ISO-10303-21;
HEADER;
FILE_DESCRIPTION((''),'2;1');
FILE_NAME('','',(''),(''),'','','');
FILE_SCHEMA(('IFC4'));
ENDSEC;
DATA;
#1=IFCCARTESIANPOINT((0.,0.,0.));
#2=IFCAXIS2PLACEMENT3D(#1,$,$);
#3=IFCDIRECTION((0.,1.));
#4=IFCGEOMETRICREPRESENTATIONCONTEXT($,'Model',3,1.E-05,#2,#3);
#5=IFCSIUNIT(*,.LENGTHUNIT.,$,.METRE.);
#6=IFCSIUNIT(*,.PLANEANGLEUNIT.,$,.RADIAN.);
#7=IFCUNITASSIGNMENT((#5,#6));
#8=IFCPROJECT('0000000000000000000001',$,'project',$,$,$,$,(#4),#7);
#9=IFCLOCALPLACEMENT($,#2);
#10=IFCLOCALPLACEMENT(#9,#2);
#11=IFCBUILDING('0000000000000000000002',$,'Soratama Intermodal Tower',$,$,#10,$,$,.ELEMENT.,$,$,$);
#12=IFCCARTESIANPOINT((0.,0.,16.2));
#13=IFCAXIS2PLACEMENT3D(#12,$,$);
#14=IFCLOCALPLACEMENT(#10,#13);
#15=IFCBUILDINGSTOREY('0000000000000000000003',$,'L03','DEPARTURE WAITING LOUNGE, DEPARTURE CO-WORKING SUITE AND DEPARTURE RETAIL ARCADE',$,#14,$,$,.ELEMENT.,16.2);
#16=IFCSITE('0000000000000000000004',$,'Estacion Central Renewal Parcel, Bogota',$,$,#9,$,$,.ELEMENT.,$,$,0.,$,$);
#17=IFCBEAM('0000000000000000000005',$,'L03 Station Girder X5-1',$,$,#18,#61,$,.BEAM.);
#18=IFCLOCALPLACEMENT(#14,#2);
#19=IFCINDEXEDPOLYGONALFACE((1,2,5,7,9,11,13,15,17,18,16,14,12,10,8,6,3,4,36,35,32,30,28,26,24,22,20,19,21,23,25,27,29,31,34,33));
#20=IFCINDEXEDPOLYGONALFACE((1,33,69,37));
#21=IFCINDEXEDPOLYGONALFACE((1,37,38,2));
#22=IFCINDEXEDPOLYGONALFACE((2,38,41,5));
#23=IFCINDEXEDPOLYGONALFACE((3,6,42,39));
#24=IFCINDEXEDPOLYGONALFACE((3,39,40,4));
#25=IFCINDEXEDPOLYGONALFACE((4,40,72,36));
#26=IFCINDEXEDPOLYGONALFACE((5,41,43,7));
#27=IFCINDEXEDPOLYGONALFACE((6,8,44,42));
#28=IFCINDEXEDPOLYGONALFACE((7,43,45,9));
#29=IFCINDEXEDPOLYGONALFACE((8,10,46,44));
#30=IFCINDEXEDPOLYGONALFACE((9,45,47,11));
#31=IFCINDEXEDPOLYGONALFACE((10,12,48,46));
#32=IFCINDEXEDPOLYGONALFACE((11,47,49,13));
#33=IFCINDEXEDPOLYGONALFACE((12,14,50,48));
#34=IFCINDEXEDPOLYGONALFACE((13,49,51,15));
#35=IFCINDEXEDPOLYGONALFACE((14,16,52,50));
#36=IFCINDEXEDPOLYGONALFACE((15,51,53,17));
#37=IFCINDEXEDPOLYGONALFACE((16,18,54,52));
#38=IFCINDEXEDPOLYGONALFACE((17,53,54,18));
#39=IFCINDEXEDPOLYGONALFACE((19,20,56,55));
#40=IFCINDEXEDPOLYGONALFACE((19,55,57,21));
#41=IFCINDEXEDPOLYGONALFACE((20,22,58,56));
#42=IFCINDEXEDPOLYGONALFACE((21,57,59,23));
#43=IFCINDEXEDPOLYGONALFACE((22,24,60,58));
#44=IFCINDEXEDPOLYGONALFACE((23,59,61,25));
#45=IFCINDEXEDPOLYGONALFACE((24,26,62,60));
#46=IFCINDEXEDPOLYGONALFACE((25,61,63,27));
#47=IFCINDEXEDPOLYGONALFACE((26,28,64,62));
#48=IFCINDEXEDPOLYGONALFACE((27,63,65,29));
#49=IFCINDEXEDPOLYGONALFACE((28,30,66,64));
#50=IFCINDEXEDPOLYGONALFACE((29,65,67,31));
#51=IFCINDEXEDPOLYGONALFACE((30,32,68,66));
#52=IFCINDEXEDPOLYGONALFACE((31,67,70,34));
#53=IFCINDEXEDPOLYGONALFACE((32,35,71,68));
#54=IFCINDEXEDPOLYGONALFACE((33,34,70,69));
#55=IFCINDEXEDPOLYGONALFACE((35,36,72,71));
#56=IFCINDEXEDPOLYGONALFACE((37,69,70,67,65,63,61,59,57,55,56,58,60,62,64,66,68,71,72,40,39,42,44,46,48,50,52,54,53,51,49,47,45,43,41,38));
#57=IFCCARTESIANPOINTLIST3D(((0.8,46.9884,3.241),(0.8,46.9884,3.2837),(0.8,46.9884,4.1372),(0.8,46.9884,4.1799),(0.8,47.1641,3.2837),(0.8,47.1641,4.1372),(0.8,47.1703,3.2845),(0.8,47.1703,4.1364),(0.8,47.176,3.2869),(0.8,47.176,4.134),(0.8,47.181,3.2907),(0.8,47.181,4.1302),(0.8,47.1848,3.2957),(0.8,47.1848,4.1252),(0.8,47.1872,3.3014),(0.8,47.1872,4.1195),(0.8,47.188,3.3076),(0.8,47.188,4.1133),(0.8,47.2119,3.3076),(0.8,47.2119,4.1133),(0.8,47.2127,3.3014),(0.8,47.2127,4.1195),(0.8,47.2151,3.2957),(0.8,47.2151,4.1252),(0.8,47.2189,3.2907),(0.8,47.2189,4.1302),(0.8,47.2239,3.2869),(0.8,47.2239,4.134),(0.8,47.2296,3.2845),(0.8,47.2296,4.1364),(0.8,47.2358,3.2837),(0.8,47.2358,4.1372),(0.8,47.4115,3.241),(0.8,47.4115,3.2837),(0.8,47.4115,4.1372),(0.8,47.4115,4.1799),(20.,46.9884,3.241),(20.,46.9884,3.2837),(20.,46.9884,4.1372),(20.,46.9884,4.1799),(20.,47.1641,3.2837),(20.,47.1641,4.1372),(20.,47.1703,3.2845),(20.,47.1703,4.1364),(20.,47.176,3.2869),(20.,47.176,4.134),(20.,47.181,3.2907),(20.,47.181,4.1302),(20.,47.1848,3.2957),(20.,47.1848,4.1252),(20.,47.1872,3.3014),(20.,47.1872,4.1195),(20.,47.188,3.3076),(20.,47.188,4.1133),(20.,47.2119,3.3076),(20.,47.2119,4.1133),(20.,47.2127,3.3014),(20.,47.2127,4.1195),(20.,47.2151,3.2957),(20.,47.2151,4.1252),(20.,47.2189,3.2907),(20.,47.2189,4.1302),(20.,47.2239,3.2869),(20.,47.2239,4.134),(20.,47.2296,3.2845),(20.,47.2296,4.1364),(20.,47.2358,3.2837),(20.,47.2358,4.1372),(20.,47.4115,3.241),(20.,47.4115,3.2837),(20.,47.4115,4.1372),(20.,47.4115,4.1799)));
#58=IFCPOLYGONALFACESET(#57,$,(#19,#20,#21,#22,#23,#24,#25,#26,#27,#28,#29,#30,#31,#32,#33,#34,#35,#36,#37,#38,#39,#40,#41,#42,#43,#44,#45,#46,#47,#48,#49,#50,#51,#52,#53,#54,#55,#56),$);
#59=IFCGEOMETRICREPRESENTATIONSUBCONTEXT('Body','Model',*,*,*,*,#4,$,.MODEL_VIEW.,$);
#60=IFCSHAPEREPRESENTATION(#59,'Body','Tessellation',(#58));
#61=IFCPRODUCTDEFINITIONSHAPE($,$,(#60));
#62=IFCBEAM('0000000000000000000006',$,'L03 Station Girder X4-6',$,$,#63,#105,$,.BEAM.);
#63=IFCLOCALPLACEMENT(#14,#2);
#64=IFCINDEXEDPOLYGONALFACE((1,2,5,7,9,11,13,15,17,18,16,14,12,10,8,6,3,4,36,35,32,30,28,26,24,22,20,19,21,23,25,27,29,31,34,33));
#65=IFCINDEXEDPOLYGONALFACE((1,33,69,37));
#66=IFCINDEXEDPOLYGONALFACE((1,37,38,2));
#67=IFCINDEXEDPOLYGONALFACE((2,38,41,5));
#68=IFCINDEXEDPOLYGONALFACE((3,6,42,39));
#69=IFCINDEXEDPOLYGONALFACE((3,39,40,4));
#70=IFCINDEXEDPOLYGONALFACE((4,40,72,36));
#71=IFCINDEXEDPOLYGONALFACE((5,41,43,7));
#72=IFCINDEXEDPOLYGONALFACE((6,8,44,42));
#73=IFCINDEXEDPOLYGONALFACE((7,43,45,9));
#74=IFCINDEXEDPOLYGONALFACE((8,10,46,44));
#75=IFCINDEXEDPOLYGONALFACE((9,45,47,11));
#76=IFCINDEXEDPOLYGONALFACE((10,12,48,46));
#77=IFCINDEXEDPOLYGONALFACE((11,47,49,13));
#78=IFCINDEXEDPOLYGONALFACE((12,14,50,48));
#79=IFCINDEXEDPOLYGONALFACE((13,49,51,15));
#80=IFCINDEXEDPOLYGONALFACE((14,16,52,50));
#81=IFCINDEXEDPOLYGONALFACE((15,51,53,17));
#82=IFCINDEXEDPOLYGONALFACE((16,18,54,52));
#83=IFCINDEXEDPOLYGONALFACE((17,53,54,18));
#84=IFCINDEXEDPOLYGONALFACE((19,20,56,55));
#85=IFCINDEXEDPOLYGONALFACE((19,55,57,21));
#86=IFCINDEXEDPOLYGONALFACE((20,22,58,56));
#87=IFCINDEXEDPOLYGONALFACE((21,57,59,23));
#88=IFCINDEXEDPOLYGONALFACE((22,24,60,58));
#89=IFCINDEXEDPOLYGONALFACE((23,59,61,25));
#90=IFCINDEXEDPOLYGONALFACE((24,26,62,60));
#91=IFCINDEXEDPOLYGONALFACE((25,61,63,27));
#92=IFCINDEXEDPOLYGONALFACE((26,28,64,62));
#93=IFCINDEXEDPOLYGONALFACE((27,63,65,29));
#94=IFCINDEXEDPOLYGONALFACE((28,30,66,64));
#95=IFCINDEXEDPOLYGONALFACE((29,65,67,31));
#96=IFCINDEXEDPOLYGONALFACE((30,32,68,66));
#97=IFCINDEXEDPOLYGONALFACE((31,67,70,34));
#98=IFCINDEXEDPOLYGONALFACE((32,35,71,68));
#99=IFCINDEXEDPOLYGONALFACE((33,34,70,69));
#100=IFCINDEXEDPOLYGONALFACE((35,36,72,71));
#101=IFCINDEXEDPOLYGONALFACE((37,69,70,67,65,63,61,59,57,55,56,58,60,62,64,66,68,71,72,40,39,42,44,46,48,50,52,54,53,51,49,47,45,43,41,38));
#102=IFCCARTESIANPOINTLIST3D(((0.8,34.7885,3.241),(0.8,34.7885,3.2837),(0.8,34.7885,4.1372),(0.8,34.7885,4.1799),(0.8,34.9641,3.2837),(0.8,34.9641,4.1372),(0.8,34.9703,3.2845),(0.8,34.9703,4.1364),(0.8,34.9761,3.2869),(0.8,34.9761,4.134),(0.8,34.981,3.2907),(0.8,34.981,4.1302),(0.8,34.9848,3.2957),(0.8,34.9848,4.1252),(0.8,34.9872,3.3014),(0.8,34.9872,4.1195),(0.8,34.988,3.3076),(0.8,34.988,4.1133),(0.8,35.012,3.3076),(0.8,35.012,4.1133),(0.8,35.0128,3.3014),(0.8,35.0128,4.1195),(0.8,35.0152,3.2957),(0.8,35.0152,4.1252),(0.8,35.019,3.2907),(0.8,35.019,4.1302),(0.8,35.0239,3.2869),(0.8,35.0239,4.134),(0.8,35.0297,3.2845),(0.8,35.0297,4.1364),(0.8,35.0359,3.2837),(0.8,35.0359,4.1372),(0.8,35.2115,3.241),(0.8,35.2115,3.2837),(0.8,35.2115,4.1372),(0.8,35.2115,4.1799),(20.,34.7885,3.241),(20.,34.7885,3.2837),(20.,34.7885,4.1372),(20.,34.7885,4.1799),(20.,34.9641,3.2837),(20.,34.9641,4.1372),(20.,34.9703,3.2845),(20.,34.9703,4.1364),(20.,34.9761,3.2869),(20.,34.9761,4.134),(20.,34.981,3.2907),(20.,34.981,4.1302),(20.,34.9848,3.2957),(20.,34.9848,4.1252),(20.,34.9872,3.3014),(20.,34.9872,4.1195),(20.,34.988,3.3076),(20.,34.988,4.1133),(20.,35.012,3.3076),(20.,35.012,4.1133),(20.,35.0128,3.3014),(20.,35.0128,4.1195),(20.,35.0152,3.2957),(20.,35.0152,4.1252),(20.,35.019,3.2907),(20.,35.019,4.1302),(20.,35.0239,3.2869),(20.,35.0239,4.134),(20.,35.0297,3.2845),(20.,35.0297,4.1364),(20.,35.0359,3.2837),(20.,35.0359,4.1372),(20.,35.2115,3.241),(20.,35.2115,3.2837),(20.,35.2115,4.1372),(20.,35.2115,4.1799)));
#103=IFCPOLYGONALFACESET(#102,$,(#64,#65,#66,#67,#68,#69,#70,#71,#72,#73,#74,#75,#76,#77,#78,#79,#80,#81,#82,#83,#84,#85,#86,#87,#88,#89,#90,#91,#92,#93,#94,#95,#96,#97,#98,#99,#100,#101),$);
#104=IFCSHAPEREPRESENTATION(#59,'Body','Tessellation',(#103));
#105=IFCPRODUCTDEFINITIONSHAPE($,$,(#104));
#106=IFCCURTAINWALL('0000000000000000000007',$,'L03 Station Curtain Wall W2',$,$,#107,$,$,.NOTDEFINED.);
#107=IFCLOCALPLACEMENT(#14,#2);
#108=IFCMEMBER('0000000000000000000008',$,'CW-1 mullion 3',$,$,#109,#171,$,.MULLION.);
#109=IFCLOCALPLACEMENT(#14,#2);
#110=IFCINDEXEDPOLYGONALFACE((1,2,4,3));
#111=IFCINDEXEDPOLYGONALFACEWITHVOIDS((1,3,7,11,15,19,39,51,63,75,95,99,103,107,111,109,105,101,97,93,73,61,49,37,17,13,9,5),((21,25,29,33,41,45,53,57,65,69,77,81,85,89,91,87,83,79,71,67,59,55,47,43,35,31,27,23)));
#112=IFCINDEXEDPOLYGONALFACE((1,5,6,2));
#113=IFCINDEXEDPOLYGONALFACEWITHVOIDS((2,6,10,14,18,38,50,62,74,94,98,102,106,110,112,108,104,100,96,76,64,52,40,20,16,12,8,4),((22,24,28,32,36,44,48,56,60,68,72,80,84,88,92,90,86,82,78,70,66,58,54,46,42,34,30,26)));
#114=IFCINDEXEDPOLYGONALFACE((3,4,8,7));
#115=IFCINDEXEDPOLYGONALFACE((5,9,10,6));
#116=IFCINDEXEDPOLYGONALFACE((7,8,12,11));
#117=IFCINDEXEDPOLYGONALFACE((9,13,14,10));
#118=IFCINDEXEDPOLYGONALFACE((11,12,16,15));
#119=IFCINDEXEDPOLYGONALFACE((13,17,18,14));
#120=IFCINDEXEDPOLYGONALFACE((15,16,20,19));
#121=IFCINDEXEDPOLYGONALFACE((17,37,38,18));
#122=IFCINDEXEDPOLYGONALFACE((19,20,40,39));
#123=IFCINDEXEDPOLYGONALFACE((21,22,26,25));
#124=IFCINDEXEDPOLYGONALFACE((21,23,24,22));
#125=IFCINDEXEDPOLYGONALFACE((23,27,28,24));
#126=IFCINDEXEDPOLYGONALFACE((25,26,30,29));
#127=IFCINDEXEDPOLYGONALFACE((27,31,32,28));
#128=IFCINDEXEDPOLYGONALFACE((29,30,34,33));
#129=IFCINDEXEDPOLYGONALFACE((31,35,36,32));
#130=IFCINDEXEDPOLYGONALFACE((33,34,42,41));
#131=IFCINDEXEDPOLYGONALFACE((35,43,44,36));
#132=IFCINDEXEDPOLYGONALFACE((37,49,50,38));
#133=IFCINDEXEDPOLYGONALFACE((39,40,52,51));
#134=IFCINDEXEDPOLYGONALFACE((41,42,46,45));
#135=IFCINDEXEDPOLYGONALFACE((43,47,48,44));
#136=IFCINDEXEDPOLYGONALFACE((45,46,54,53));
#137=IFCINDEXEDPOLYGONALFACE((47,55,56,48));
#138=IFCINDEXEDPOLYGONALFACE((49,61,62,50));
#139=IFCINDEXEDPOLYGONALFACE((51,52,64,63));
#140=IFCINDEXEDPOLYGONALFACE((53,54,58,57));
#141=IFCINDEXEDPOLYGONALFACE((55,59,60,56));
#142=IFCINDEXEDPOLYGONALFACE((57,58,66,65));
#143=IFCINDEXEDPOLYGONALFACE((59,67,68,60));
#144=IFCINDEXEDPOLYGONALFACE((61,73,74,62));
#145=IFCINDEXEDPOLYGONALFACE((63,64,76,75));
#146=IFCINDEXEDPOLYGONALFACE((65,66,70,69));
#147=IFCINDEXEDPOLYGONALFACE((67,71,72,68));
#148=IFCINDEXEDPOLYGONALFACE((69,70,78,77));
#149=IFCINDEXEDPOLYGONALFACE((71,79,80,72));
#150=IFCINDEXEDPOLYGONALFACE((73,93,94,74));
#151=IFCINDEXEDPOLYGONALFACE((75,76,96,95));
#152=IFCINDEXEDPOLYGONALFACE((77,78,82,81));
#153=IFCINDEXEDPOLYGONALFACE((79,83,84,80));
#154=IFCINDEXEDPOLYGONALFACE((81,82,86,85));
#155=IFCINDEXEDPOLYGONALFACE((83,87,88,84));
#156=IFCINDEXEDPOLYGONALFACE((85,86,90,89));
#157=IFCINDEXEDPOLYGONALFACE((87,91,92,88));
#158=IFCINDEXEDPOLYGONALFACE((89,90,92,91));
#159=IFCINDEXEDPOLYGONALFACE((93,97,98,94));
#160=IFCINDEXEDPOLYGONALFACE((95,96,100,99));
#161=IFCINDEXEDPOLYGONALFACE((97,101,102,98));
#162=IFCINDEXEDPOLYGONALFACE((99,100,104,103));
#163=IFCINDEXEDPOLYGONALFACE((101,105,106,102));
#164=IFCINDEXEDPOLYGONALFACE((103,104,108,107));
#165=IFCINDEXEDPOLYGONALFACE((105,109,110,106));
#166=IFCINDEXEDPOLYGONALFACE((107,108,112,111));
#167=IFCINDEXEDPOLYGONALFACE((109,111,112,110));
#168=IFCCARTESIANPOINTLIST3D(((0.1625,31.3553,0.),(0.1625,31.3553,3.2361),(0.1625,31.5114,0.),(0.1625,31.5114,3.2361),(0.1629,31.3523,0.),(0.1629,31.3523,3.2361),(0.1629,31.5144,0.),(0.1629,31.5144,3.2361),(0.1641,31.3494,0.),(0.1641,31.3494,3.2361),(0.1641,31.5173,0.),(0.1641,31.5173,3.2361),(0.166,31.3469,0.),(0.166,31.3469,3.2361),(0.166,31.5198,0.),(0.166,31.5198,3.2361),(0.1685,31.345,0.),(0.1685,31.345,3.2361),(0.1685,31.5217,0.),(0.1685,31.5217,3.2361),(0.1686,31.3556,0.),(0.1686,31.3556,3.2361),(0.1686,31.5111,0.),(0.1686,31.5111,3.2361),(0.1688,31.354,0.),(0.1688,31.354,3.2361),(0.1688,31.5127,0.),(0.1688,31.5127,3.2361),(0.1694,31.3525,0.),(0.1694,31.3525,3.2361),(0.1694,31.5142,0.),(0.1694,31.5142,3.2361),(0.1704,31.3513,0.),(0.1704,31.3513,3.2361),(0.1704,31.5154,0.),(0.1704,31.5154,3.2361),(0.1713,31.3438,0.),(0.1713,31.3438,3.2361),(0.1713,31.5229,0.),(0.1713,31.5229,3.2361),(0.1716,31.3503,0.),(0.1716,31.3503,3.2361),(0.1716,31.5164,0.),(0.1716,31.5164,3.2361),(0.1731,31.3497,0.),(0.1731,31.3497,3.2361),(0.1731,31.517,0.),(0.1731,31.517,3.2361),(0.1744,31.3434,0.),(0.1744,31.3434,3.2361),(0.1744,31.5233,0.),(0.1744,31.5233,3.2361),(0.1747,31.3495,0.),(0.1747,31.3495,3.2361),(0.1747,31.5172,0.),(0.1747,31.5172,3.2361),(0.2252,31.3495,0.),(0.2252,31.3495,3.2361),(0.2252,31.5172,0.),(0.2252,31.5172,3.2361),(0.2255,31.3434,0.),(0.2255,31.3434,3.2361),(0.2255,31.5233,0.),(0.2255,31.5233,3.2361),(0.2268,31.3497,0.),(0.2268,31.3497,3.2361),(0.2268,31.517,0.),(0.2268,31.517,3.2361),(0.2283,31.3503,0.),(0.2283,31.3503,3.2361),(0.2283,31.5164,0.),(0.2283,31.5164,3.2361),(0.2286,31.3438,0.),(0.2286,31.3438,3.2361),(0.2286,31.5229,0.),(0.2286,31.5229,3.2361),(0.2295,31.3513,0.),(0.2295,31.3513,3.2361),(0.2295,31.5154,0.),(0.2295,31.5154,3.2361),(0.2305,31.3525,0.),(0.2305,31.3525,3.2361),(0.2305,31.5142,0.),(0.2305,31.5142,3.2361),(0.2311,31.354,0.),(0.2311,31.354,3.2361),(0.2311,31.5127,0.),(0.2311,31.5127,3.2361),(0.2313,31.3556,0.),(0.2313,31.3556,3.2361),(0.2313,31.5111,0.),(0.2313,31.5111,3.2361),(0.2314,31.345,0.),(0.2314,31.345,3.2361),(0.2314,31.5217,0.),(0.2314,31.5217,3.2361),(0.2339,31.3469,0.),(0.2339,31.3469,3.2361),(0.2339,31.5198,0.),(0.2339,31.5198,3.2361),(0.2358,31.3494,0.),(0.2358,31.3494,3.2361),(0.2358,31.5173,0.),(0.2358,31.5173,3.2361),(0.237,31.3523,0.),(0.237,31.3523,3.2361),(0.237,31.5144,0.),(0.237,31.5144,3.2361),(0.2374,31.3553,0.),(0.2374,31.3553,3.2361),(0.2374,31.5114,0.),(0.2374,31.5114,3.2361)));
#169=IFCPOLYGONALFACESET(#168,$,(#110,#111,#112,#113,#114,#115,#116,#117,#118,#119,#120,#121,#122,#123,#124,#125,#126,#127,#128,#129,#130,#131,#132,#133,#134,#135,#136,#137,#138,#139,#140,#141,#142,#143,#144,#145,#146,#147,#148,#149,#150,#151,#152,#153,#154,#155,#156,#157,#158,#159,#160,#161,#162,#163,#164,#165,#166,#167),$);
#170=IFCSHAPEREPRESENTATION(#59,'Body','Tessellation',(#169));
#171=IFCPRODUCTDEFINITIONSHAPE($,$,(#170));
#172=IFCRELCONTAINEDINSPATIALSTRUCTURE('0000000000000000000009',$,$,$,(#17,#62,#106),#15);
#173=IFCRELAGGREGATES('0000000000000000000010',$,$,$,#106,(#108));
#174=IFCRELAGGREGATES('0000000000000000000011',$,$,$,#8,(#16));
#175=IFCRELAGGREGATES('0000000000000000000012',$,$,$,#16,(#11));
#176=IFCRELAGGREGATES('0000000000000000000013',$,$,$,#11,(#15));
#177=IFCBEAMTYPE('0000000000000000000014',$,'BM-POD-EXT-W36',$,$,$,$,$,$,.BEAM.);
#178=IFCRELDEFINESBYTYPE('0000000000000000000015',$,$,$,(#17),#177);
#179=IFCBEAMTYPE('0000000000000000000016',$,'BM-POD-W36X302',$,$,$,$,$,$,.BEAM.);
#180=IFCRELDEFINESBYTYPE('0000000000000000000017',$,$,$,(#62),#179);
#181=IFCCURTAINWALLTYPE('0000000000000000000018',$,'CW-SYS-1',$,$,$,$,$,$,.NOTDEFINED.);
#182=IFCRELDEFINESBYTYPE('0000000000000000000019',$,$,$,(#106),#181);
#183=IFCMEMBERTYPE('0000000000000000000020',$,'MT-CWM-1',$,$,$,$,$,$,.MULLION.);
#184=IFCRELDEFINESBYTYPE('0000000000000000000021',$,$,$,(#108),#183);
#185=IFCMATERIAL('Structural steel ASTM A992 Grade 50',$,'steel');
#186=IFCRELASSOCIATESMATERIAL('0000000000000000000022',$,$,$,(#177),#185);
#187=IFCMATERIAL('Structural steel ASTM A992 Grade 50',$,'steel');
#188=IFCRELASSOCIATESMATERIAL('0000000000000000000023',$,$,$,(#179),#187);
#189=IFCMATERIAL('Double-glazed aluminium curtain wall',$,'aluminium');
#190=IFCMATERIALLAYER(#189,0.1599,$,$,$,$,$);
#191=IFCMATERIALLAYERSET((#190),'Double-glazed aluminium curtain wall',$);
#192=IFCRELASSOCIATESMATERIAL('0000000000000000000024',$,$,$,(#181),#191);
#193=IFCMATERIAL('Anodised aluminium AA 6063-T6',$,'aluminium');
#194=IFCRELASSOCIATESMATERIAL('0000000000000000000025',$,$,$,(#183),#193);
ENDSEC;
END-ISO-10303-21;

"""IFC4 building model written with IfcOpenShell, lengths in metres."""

from ifc_helpers import new_model, si_unit, direction, frame, origin, origin_2d, place, context, subcontext, project, spatial, hollow_rectangle, i_section, extrude, material, layer, layer_set, material_profile, profile_set, type_object, element, aggregate, save


model = new_model("IFC4")

# Units and contexts
model_context = context("Model", 3, precision=1e-05, world=origin(), true_north=direction((0.0, 1.0)))
body_context = subcontext(model_context, "Body", "Model", "MODEL_VIEW")
ifc_project = project(units=[si_unit("LENGTHUNIT", "METRE"), si_unit("PLANEANGLEUNIT", "RADIAN")], contexts=[model_context])

# Site, building, storey
site_placement = place(None, origin())
site = spatial("IfcSite", under=ifc_project, at=site_placement, Name="Estacion Central Renewal Parcel, Bogota", CompositionType="ELEMENT", RefElevation=0.0)
building_placement = place(site_placement, origin())
building = spatial("IfcBuilding", under=site, at=building_placement, Name="Soratama Intermodal Tower", CompositionType="ELEMENT")
storey_placement = place(building_placement, frame((0.0, 0.0, 16.2)))
storey = spatial("IfcBuildingStorey", under=building, at=storey_placement, Name="L03", Description="DEPARTURE WAITING LOUNGE, DEPARTURE CO-WORKING SUITE AND DEPARTURE RETAIL ARCADE", CompositionType="ELEMENT", Elevation=16.2)

# Beams
ifc_material_1 = material(Name="Structural steel ASTM A992 Grade 50", Category="steel")
ifc_material_profile_1 = material_profile(ifc_material_1, i_section(OverallWidth=0.4231, OverallDepth=0.939, WebThickness=0.0239, FlangeThickness=0.0427, FilletRadius=0.0239, at=origin_2d()), Name="W36X302")
ifc_profile_set_1 = profile_set([ifc_material_profile_1], Name="Structural steel ASTM A992 Grade 50")
beam_type_1 = type_object("IfcBeamType", Name="BM-POD-EXT-W36", PredefinedType="BEAM", material=ifc_profile_set_1)
beam_1_placement = place(storey_placement, frame((0.8, 47.2, 3.7104), z_axis=(1.0, 0.0, 0.0), x_axis=(0.0, 1.0, 0.0)))
element("IfcBeam", 1, at=beam_1_placement, inside=storey, type_object=beam_type_1, Name="L03 Station Girder X5-1", PredefinedType="BEAM", context=body_context, shape_type="SweptSolid", body=[
    extrude(i_section(OverallWidth=0.4231, OverallDepth=0.939, WebThickness=0.0239, FlangeThickness=0.0427, FilletRadius=0.0239, at=origin_2d()), origin(), (0.0, 0.0, 1.0), 19.2),
])
ifc_material_2 = material(Name="Structural steel ASTM A992 Grade 50", Category="steel")
ifc_material_profile_2 = material_profile(ifc_material_2, i_section(OverallWidth=0.4231, OverallDepth=0.939, WebThickness=0.0239, FlangeThickness=0.0427, FilletRadius=0.0239, at=origin_2d()), Name="W36X302")
ifc_profile_set_2 = profile_set([ifc_material_profile_2], Name="Structural steel ASTM A992 Grade 50")
beam_type_2 = type_object("IfcBeamType", Name="BM-POD-W36X302", PredefinedType="BEAM", material=ifc_profile_set_2)
beam_2_placement = place(storey_placement, frame((0.8, 35.0, 3.7104), z_axis=(1.0, 0.0, 0.0), x_axis=(0.0, 1.0, 0.0)))
element("IfcBeam", 2, at=beam_2_placement, inside=storey, type_object=beam_type_2, Name="L03 Station Girder X4-6", PredefinedType="BEAM", context=body_context, shape_type="SweptSolid", body=[
    extrude(i_section(OverallWidth=0.4231, OverallDepth=0.939, WebThickness=0.0239, FlangeThickness=0.0427, FilletRadius=0.0239, at=origin_2d()), origin(), (0.0, 0.0, 1.0), 19.2),
])

# Curtain wall, member
ifc_material_3 = material(Name="Double-glazed aluminium curtain wall", Category="aluminium")
ifc_layer_1 = layer(ifc_material_3, 0.1599)
ifc_layer_set_1 = layer_set([ifc_layer_1], Name="Double-glazed aluminium curtain wall")
curtain_wall_type = type_object("IfcCurtainWallType", Name="CW-SYS-1", PredefinedType="NOTDEFINED", material=ifc_layer_set_1)
curtain_wall_placement = place(storey_placement, origin())
curtain_wall = element("IfcCurtainWall", 3, at=curtain_wall_placement, inside=storey, type_object=curtain_wall_type, Name="L03 Station Curtain Wall W2", PredefinedType="NOTDEFINED")
ifc_material_4 = material(Name="Anodised aluminium AA 6063-T6", Category="aluminium")
ifc_material_profile_3 = material_profile(ifc_material_4, hollow_rectangle(XDim=0.075, YDim=0.1799, WallThickness=0.0061, InnerFilletRadius=0.0061, OuterFilletRadius=0.012, at=origin_2d()), Name="CWM180X75X6")
ifc_profile_set_3 = profile_set([ifc_material_profile_3], Name="Anodised aluminium AA 6063-T6")
member_type_1 = type_object("IfcMemberType", Name="MT-CWM-1", PredefinedType="MULLION", material=ifc_profile_set_3)
member_1_placement = place(storey_placement, frame((0.2, 31.4333, 0.0), z_axis=(0.0, 0.0, 1.0), x_axis=(-1.0, 0.0, 0.0)))
member_1 = element("IfcMember", 4, at=member_1_placement, type_object=member_type_1, Name="CW-1 mullion 3", PredefinedType="MULLION", context=body_context, shape_type="SweptSolid", body=[
    extrude(hollow_rectangle(XDim=0.075, YDim=0.1799, WallThickness=0.0061, InnerFilletRadius=0.0061, OuterFilletRadius=0.012, at=origin_2d()), origin(), (0.0, 0.0, 1.0), 3.2361),
])
aggregate(curtain_wall, [member_1])

save(model, "model.ifc")
